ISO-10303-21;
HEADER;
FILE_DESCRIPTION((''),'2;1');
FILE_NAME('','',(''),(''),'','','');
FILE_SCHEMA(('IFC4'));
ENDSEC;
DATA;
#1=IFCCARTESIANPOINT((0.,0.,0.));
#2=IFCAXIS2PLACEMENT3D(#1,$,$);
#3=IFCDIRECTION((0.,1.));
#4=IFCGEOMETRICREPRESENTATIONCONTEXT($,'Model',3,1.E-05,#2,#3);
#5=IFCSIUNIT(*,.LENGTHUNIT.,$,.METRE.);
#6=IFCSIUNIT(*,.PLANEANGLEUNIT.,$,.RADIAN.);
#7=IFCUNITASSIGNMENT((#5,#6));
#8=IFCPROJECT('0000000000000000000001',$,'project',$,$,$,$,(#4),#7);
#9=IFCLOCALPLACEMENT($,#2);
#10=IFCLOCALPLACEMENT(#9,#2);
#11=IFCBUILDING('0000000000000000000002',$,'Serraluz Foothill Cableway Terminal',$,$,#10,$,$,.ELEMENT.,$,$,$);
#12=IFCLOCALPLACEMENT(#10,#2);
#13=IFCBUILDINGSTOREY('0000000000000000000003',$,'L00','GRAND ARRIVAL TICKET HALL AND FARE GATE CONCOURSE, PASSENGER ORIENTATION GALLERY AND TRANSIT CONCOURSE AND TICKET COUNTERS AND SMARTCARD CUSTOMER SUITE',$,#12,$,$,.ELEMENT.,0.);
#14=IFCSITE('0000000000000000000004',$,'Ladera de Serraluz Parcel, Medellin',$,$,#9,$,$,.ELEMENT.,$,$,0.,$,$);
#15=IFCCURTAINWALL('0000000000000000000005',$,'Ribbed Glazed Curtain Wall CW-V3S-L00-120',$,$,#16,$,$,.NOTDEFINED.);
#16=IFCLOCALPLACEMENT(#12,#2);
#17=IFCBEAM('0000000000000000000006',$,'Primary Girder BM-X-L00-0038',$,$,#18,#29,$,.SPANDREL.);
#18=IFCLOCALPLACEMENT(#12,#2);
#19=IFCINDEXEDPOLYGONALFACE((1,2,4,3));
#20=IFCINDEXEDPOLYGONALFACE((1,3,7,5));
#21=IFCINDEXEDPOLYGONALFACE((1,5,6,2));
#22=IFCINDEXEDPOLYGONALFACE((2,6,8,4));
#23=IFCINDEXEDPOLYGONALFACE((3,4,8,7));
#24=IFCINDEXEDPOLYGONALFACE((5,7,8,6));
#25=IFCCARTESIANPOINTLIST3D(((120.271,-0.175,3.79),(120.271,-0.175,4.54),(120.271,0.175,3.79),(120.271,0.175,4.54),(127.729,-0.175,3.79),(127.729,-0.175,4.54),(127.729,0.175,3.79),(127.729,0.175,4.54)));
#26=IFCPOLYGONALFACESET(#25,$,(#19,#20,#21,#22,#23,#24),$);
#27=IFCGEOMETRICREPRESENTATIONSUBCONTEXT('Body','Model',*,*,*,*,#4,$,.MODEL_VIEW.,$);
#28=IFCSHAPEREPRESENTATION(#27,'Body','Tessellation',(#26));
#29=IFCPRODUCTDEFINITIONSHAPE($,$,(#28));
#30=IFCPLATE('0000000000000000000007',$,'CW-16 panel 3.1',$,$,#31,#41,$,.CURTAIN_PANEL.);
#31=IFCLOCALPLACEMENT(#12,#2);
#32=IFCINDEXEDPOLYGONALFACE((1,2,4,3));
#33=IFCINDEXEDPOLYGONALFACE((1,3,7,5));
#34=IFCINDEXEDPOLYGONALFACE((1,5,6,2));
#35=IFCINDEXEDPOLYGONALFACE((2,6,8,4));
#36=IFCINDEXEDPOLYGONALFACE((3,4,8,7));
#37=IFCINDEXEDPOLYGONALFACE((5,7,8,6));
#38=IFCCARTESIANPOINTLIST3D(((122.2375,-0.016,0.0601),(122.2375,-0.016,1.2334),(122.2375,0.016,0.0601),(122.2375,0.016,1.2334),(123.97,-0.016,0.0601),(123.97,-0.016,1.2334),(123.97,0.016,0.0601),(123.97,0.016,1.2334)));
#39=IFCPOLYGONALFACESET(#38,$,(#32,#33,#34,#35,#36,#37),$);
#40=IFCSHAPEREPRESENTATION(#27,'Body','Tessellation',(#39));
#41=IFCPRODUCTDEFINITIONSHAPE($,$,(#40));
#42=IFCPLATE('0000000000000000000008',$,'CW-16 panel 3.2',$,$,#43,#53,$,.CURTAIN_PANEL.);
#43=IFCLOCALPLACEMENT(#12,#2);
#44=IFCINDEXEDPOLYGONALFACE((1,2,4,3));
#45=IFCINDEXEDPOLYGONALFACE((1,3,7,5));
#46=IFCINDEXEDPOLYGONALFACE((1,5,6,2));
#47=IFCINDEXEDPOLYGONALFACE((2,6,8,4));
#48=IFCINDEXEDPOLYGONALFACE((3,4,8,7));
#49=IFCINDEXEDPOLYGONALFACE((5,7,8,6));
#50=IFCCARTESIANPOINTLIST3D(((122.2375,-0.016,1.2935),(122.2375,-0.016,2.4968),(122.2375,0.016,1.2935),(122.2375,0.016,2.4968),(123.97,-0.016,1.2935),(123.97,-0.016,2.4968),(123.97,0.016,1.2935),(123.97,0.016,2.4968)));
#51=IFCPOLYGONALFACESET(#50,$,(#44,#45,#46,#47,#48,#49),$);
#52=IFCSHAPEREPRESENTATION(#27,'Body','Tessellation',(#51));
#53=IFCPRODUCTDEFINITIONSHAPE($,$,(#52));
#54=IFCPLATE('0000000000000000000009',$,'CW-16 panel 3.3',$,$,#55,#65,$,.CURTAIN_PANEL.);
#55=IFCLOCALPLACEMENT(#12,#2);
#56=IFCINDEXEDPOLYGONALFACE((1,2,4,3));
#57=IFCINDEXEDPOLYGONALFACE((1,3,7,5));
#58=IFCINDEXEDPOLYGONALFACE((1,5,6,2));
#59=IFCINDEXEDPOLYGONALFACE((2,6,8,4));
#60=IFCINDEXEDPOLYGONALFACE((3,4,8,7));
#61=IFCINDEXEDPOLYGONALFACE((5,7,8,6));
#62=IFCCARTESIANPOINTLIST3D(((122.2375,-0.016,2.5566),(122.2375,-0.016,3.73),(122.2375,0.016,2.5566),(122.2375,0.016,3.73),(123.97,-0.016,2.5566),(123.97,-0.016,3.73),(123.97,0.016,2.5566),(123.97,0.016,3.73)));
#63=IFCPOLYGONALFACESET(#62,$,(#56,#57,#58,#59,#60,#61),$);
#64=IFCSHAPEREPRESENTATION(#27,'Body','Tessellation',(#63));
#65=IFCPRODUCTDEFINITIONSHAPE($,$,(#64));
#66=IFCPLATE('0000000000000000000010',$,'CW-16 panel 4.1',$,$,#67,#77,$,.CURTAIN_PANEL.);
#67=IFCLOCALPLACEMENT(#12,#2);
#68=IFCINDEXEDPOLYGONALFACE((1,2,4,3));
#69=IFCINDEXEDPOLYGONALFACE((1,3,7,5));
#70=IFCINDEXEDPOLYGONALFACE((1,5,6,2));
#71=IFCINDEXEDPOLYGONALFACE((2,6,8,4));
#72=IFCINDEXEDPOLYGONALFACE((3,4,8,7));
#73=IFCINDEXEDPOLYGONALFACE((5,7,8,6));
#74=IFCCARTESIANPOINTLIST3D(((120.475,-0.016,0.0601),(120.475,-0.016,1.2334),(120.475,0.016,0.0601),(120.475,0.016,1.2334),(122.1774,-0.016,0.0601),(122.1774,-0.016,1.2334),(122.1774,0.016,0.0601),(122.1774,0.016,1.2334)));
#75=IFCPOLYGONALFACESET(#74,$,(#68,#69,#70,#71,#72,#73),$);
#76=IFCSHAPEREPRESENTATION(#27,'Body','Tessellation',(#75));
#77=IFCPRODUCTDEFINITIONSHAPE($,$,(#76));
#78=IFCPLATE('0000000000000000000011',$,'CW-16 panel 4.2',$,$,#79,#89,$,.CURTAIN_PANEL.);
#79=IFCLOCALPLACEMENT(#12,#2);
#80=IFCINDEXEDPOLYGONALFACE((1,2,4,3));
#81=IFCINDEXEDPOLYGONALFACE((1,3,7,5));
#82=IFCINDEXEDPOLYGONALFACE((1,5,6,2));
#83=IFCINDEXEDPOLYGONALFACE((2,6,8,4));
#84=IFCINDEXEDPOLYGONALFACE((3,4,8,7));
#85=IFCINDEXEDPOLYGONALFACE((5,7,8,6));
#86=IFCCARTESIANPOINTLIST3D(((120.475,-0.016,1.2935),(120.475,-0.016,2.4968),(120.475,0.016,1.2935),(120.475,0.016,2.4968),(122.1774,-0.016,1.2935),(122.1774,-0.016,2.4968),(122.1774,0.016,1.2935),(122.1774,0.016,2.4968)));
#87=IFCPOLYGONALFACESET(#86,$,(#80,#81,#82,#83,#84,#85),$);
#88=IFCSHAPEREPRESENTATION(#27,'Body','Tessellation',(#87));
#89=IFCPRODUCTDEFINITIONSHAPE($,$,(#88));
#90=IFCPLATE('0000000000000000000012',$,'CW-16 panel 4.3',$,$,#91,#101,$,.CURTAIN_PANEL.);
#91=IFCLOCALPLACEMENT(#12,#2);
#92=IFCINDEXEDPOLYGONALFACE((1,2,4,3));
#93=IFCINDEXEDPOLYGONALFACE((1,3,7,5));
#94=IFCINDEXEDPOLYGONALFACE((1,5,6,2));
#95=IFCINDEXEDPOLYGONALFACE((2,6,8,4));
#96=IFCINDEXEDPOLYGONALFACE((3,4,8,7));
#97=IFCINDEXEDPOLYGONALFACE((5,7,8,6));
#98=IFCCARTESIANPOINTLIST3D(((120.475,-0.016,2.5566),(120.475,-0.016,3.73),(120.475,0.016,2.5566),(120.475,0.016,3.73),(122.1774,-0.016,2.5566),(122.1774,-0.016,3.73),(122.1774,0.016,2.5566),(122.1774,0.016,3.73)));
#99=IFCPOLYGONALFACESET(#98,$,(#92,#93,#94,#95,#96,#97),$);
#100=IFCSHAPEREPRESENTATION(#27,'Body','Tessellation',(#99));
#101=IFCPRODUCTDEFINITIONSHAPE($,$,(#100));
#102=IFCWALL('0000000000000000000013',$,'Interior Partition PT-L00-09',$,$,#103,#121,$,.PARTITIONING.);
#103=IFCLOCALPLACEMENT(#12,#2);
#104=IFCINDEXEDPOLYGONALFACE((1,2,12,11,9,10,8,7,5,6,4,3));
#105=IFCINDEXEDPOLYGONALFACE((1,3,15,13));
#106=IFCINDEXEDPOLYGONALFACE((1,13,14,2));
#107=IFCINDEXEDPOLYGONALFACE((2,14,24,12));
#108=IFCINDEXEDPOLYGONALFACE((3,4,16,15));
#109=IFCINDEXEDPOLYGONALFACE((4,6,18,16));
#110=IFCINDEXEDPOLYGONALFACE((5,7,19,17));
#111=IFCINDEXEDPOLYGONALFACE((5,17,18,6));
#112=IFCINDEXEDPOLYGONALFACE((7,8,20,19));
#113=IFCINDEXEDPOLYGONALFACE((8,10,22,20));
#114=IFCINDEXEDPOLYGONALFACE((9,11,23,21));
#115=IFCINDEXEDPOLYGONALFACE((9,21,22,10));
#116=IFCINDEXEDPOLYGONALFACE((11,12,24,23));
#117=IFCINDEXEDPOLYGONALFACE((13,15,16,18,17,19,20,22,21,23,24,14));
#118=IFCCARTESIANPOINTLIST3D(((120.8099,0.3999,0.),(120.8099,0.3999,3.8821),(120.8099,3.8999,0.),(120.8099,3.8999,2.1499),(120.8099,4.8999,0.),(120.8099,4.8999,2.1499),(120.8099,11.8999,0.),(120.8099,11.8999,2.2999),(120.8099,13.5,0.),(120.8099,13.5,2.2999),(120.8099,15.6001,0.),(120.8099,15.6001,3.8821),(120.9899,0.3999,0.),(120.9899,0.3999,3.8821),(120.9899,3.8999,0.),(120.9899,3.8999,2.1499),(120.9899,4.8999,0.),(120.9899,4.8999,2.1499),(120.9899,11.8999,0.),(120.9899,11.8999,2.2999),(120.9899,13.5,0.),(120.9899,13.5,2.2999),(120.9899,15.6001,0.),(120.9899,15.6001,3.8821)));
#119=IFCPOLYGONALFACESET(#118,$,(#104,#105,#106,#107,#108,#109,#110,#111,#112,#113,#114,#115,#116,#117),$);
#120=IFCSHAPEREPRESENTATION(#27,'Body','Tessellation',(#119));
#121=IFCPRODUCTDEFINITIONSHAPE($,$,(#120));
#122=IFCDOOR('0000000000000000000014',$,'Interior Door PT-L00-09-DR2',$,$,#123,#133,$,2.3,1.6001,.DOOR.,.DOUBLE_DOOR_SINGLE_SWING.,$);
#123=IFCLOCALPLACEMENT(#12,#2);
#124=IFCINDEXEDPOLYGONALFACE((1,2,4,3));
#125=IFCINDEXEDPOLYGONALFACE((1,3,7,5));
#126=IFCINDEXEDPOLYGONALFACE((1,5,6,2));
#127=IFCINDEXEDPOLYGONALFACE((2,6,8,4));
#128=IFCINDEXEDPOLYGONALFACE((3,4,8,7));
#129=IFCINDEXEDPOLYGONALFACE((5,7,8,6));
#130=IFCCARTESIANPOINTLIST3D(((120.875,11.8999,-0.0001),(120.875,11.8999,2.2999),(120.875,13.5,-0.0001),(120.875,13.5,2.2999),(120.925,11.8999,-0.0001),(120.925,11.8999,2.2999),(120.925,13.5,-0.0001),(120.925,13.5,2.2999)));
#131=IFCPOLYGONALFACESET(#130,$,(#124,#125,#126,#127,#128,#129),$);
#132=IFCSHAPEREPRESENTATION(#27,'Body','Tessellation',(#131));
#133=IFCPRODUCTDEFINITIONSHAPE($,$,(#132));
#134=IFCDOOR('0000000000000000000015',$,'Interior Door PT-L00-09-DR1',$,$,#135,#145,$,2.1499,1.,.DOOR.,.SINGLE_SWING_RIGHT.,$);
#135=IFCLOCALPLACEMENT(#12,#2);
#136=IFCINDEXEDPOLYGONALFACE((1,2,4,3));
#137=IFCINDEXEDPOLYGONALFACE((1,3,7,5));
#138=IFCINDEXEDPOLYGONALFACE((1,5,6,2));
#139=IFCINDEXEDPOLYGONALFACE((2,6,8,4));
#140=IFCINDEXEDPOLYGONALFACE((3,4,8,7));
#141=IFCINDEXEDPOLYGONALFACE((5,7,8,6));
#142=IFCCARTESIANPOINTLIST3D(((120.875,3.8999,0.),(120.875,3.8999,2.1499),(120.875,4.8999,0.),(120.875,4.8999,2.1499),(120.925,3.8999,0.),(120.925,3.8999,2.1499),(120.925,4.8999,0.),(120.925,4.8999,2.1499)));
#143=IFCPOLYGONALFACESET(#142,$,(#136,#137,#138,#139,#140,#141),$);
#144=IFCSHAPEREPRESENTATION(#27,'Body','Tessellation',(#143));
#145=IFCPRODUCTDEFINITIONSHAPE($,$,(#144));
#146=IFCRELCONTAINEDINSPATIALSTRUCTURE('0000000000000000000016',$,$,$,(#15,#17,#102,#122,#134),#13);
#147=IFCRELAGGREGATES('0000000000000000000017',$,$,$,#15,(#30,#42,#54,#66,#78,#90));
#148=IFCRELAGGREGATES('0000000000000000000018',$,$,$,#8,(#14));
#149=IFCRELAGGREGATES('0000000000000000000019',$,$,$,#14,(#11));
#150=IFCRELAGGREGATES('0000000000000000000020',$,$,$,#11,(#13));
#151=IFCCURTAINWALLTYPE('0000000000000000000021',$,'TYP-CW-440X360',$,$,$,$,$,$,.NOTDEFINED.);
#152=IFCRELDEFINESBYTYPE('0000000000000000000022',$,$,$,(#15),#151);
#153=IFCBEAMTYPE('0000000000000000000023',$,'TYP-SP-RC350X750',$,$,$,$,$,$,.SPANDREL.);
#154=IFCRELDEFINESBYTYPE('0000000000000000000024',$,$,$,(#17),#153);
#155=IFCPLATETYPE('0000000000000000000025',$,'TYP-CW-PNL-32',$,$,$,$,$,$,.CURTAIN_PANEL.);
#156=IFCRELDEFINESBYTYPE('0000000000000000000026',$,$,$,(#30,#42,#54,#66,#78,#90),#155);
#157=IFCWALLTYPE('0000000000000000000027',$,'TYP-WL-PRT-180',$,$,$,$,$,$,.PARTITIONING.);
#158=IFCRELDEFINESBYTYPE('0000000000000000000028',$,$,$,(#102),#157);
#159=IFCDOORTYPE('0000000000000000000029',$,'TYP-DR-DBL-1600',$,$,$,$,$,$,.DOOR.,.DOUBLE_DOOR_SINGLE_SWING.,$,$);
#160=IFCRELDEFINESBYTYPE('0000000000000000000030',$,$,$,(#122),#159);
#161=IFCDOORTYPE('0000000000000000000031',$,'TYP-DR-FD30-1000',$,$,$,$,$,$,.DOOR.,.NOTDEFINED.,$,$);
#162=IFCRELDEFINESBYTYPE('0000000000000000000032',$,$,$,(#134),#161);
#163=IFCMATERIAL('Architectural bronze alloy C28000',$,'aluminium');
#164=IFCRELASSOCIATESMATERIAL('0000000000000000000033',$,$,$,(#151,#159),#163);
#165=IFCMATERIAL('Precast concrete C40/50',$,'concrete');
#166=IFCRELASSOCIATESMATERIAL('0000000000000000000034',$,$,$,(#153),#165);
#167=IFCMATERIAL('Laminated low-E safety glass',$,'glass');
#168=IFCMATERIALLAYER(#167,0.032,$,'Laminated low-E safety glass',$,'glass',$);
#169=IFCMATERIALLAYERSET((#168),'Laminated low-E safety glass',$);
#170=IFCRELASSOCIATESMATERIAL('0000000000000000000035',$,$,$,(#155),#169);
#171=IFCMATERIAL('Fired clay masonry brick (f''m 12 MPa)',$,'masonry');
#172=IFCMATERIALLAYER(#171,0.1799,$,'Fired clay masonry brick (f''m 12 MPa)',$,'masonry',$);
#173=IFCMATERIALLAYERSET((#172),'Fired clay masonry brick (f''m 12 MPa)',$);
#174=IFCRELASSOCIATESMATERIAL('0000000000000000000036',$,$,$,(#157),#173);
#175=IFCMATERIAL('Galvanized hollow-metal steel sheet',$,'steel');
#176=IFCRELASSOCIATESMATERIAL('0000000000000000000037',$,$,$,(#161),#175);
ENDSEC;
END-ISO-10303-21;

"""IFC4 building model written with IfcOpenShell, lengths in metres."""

from ifc_helpers import new_model, si_unit, direction, frame, frame_2d, origin, origin_2d, place, context, subcontext, project, spatial, rectangle, extrude, material, layer, layer_set, material_profile, profile_set, type_object, element, fill, aggregate, save


model = new_model("IFC4")

# Units and contexts
model_context = context("Model", 3, precision=1e-05, world=origin(), true_north=direction((0.0, 1.0)))
body_context = subcontext(model_context, "Body", "Model", "MODEL_VIEW")
ifc_project = project(units=[si_unit("LENGTHUNIT", "METRE"), si_unit("PLANEANGLEUNIT", "RADIAN")], contexts=[model_context])

# Site, building, storey
site_placement = place(None, origin())
site = spatial("IfcSite", under=ifc_project, at=site_placement, Name="Ladera de Serraluz Parcel, Medellin", CompositionType="ELEMENT", RefElevation=0.0)
building_placement = place(site_placement, origin())
building = spatial("IfcBuilding", under=site, at=building_placement, Name="Serraluz Foothill Cableway Terminal", CompositionType="ELEMENT")
storey_placement = place(building_placement, origin())
storey = spatial("IfcBuildingStorey", under=building, at=storey_placement, Name="L00", Description="GRAND ARRIVAL TICKET HALL AND FARE GATE CONCOURSE, PASSENGER ORIENTATION GALLERY AND TRANSIT CONCOURSE AND TICKET COUNTERS AND SMARTCARD CUSTOMER SUITE", CompositionType="ELEMENT", Elevation=0.0)

# Curtain wall
ifc_material_1 = material(Name="Architectural bronze alloy C28000", Category="aluminium")
curtain_wall_type = type_object("IfcCurtainWallType", Name="TYP-CW-440X360", PredefinedType="NOTDEFINED", material=ifc_material_1)
curtain_wall_placement = place(storey_placement, origin())
curtain_wall = element("IfcCurtainWall", 1, at=curtain_wall_placement, inside=storey, type_object=curtain_wall_type, Name="Ribbed Glazed Curtain Wall CW-V3S-L00-120", PredefinedType="NOTDEFINED")

# Beam
ifc_material_2 = material(Name="Precast concrete C40/50", Category="concrete")
ifc_material_profile_1 = material_profile(ifc_material_2, rectangle(XDim=0.3501, YDim=0.75, at=origin_2d()), Name="RC SP 350x750")
ifc_profile_set_1 = profile_set([ifc_material_profile_1], Name="Precast concrete C40/50")
beam_type = type_object("IfcBeamType", Name="TYP-SP-RC350X750", PredefinedType="SPANDREL", material=ifc_profile_set_1)
beam_placement = place(storey_placement, frame((120.271, 0.0, 4.165), z_axis=(1.0, 0.0, 0.0), x_axis=(0.0, 1.0, 0.0)))
element("IfcBeam", 2, at=beam_placement, inside=storey, type_object=beam_type, Name="Primary Girder BM-X-L00-0038", PredefinedType="SPANDREL", context=body_context, shape_type="SweptSolid", body=[
    extrude(rectangle(XDim=0.3501, YDim=0.75, at=origin_2d()), origin(), (0.0, 0.0, 1.0), 7.458),
])

# Plates
ifc_material_3 = material(Name="Laminated low-E safety glass", Category="glass")
ifc_layer_1 = layer(ifc_material_3, 0.032, Name="Laminated low-E safety glass", Category="glass")
ifc_layer_set_1 = layer_set([ifc_layer_1], Name="Laminated low-E safety glass")
plate_type = type_object("IfcPlateType", Name="TYP-CW-PNL-32", PredefinedType="CURTAIN_PANEL", material=ifc_layer_set_1)
plate_1_placement = place(storey_placement, frame((123.1038, 0.0, 0.0601), z_axis=(0.0, 0.0, 1.0), x_axis=(-1.0, 0.0, 0.0)))
plate_1 = element("IfcPlate", 3, at=plate_1_placement, type_object=plate_type, Name="CW-16 panel 3.1", PredefinedType="CURTAIN_PANEL", context=body_context, shape_type="SweptSolid", body=[
    extrude(rectangle(XDim=1.7324, YDim=0.032, at=origin_2d()), origin(), (0.0, 0.0, 1.0), 1.1733),
])
plate_2_placement = place(storey_placement, frame((123.1038, 0.0, 1.2935), z_axis=(0.0, 0.0, 1.0), x_axis=(-1.0, 0.0, 0.0)))
plate_2 = element("IfcPlate", 4, at=plate_2_placement, type_object=plate_type, Name="CW-16 panel 3.2", PredefinedType="CURTAIN_PANEL", context=body_context, shape_type="SweptSolid", body=[
    extrude(rectangle(XDim=1.7324, YDim=0.032, at=origin_2d()), origin(), (0.0, 0.0, 1.0), 1.2034),
])
plate_3_placement = place(storey_placement, frame((123.1038, 0.0, 2.5566), z_axis=(0.0, 0.0, 1.0), x_axis=(-1.0, 0.0, 0.0)))
plate_3 = element("IfcPlate", 5, at=plate_3_placement, type_object=plate_type, Name="CW-16 panel 3.3", PredefinedType="CURTAIN_PANEL", context=body_context, shape_type="SweptSolid", body=[
    extrude(rectangle(XDim=1.7324, YDim=0.032, at=origin_2d()), origin(), (0.0, 0.0, 1.0), 1.1733),
])
plate_4_placement = place(storey_placement, frame((121.3262, 0.0, 0.0601), z_axis=(0.0, 0.0, 1.0), x_axis=(-1.0, 0.0, 0.0)))
plate_4 = element("IfcPlate", 6, at=plate_4_placement, type_object=plate_type, Name="CW-16 panel 4.1", PredefinedType="CURTAIN_PANEL", context=body_context, shape_type="SweptSolid", body=[
    extrude(rectangle(XDim=1.7024, YDim=0.032, at=origin_2d()), origin(), (0.0, 0.0, 1.0), 1.1733),
])
plate_5_placement = place(storey_placement, frame((121.3262, 0.0, 1.2935), z_axis=(0.0, 0.0, 1.0), x_axis=(-1.0, 0.0, 0.0)))
plate_5 = element("IfcPlate", 7, at=plate_5_placement, type_object=plate_type, Name="CW-16 panel 4.2", PredefinedType="CURTAIN_PANEL", context=body_context, shape_type="SweptSolid", body=[
    extrude(rectangle(XDim=1.7024, YDim=0.032, at=origin_2d()), origin(), (0.0, 0.0, 1.0), 1.2034),
])
plate_6_placement = place(storey_placement, frame((121.3262, 0.0, 2.5566), z_axis=(0.0, 0.0, 1.0), x_axis=(-1.0, 0.0, 0.0)))
plate_6 = element("IfcPlate", 8, at=plate_6_placement, type_object=plate_type, Name="CW-16 panel 4.3", PredefinedType="CURTAIN_PANEL", context=body_context, shape_type="SweptSolid", body=[
    extrude(rectangle(XDim=1.7024, YDim=0.032, at=origin_2d()), origin(), (0.0, 0.0, 1.0), 1.1733),
])
aggregate(curtain_wall, [plate_1, plate_2, plate_3, plate_4, plate_5, plate_6])

# Wall, openings, doors
ifc_material_4 = material(Name="Fired clay masonry brick (f'm 12 MPa)", Category="masonry")
ifc_layer_2 = layer(ifc_material_4, 0.1799, Name="Fired clay masonry brick (f'm 12 MPa)", Category="masonry")
ifc_layer_set_2 = layer_set([ifc_layer_2], Name="Fired clay masonry brick (f'm 12 MPa)")
wall_type = type_object("IfcWallType", Name="TYP-WL-PRT-180", PredefinedType="PARTITIONING", material=ifc_layer_set_2)
wall_placement = place(storey_placement, frame((120.8999, 0.3999, 0.0), z_axis=(0.0, 0.0, 1.0), x_axis=(0.0, 1.0, 0.0)))
wall = element("IfcWall", 9, at=wall_placement, inside=storey, type_object=wall_type, Name="Interior Partition PT-L00-09", PredefinedType="PARTITIONING", context=body_context, shape_type="SweptSolid", body=[
    extrude(rectangle(XDim=15.2002, YDim=0.1799, at=frame_2d((7.6001, 0.0))), origin(), (0.0, 0.0, 1.0), 3.8821),
])
opening_1_placement = place(wall_placement, frame((3.5, 0.0, 0.0)))
opening_1 = element("IfcOpeningElement", 10, at=opening_1_placement, cuts=wall, PredefinedType="OPENING", context=body_context, shape_type="SweptSolid", body=[
    extrude(rectangle(XDim=1.0, YDim=2.1499, at=frame_2d((0.5, 1.075))), frame((0.0, 0.1001, 0.0), z_axis=(0.0, -1.0, 0.0), x_axis=(1.0, 0.0, 0.0)), (0.0, 0.0, 1.0), 0.2),
])
opening_2_placement = place(wall_placement, frame((11.5, 0.0, 0.0)))
opening_2 = element("IfcOpeningElement", 11, at=opening_2_placement, cuts=wall, PredefinedType="OPENING", context=body_context, shape_type="SweptSolid", body=[
    extrude(rectangle(XDim=1.6001, YDim=2.3, at=frame_2d((0.8, 1.1499))), frame((0.0, 0.1001, 0.0), z_axis=(0.0, -1.0, 0.0), x_axis=(1.0, 0.0, 0.0)), (0.0, 0.0, 1.0), 0.2),
])
door_type_1 = type_object("IfcDoorType", Name="TYP-DR-DBL-1600", OperationType="DOUBLE_DOOR_SINGLE_SWING", PredefinedType="DOOR", material=ifc_material_1)
door_1_placement = place(opening_2_placement, origin())
door_1 = element("IfcDoor", 12, at=door_1_placement, inside=storey, type_object=door_type_1, Name="Interior Door PT-L00-09-DR2", OperationType="DOUBLE_DOOR_SINGLE_SWING", OverallHeight=2.3, OverallWidth=1.6001, PredefinedType="DOOR", context=body_context, shape_type="SweptSolid", body=[
    extrude(rectangle(XDim=1.6001, YDim=2.3, at=frame_2d((0.8, 1.1499))), frame((0.0, 0.0249, 0.0), z_axis=(0.0, -1.0, 0.0), x_axis=(1.0, 0.0, 0.0)), (0.0, 0.0, 1.0), 0.05),
])
fill(opening_2, door_1)
ifc_material_5 = material(Name="Galvanized hollow-metal steel sheet", Category="steel")
door_type_2 = type_object("IfcDoorType", Name="TYP-DR-FD30-1000", OperationType="NOTDEFINED", PredefinedType="DOOR", material=ifc_material_5)
door_2_placement = place(opening_1_placement, origin())
door_2 = element("IfcDoor", 13, at=door_2_placement, inside=storey, type_object=door_type_2, Name="Interior Door PT-L00-09-DR1", OperationType="SINGLE_SWING_RIGHT", OverallHeight=2.1499, OverallWidth=1.0, PredefinedType="DOOR", context=body_context, shape_type="SweptSolid", body=[
    extrude(rectangle(XDim=1.0, YDim=2.1499, at=frame_2d((0.5, 1.075))), frame((0.0, 0.0249, 0.0), z_axis=(0.0, -1.0, 0.0), x_axis=(1.0, 0.0, 0.0)), (0.0, 0.0, 1.0), 0.05),
])
fill(opening_1, door_2)

save(model, "model.ifc")
